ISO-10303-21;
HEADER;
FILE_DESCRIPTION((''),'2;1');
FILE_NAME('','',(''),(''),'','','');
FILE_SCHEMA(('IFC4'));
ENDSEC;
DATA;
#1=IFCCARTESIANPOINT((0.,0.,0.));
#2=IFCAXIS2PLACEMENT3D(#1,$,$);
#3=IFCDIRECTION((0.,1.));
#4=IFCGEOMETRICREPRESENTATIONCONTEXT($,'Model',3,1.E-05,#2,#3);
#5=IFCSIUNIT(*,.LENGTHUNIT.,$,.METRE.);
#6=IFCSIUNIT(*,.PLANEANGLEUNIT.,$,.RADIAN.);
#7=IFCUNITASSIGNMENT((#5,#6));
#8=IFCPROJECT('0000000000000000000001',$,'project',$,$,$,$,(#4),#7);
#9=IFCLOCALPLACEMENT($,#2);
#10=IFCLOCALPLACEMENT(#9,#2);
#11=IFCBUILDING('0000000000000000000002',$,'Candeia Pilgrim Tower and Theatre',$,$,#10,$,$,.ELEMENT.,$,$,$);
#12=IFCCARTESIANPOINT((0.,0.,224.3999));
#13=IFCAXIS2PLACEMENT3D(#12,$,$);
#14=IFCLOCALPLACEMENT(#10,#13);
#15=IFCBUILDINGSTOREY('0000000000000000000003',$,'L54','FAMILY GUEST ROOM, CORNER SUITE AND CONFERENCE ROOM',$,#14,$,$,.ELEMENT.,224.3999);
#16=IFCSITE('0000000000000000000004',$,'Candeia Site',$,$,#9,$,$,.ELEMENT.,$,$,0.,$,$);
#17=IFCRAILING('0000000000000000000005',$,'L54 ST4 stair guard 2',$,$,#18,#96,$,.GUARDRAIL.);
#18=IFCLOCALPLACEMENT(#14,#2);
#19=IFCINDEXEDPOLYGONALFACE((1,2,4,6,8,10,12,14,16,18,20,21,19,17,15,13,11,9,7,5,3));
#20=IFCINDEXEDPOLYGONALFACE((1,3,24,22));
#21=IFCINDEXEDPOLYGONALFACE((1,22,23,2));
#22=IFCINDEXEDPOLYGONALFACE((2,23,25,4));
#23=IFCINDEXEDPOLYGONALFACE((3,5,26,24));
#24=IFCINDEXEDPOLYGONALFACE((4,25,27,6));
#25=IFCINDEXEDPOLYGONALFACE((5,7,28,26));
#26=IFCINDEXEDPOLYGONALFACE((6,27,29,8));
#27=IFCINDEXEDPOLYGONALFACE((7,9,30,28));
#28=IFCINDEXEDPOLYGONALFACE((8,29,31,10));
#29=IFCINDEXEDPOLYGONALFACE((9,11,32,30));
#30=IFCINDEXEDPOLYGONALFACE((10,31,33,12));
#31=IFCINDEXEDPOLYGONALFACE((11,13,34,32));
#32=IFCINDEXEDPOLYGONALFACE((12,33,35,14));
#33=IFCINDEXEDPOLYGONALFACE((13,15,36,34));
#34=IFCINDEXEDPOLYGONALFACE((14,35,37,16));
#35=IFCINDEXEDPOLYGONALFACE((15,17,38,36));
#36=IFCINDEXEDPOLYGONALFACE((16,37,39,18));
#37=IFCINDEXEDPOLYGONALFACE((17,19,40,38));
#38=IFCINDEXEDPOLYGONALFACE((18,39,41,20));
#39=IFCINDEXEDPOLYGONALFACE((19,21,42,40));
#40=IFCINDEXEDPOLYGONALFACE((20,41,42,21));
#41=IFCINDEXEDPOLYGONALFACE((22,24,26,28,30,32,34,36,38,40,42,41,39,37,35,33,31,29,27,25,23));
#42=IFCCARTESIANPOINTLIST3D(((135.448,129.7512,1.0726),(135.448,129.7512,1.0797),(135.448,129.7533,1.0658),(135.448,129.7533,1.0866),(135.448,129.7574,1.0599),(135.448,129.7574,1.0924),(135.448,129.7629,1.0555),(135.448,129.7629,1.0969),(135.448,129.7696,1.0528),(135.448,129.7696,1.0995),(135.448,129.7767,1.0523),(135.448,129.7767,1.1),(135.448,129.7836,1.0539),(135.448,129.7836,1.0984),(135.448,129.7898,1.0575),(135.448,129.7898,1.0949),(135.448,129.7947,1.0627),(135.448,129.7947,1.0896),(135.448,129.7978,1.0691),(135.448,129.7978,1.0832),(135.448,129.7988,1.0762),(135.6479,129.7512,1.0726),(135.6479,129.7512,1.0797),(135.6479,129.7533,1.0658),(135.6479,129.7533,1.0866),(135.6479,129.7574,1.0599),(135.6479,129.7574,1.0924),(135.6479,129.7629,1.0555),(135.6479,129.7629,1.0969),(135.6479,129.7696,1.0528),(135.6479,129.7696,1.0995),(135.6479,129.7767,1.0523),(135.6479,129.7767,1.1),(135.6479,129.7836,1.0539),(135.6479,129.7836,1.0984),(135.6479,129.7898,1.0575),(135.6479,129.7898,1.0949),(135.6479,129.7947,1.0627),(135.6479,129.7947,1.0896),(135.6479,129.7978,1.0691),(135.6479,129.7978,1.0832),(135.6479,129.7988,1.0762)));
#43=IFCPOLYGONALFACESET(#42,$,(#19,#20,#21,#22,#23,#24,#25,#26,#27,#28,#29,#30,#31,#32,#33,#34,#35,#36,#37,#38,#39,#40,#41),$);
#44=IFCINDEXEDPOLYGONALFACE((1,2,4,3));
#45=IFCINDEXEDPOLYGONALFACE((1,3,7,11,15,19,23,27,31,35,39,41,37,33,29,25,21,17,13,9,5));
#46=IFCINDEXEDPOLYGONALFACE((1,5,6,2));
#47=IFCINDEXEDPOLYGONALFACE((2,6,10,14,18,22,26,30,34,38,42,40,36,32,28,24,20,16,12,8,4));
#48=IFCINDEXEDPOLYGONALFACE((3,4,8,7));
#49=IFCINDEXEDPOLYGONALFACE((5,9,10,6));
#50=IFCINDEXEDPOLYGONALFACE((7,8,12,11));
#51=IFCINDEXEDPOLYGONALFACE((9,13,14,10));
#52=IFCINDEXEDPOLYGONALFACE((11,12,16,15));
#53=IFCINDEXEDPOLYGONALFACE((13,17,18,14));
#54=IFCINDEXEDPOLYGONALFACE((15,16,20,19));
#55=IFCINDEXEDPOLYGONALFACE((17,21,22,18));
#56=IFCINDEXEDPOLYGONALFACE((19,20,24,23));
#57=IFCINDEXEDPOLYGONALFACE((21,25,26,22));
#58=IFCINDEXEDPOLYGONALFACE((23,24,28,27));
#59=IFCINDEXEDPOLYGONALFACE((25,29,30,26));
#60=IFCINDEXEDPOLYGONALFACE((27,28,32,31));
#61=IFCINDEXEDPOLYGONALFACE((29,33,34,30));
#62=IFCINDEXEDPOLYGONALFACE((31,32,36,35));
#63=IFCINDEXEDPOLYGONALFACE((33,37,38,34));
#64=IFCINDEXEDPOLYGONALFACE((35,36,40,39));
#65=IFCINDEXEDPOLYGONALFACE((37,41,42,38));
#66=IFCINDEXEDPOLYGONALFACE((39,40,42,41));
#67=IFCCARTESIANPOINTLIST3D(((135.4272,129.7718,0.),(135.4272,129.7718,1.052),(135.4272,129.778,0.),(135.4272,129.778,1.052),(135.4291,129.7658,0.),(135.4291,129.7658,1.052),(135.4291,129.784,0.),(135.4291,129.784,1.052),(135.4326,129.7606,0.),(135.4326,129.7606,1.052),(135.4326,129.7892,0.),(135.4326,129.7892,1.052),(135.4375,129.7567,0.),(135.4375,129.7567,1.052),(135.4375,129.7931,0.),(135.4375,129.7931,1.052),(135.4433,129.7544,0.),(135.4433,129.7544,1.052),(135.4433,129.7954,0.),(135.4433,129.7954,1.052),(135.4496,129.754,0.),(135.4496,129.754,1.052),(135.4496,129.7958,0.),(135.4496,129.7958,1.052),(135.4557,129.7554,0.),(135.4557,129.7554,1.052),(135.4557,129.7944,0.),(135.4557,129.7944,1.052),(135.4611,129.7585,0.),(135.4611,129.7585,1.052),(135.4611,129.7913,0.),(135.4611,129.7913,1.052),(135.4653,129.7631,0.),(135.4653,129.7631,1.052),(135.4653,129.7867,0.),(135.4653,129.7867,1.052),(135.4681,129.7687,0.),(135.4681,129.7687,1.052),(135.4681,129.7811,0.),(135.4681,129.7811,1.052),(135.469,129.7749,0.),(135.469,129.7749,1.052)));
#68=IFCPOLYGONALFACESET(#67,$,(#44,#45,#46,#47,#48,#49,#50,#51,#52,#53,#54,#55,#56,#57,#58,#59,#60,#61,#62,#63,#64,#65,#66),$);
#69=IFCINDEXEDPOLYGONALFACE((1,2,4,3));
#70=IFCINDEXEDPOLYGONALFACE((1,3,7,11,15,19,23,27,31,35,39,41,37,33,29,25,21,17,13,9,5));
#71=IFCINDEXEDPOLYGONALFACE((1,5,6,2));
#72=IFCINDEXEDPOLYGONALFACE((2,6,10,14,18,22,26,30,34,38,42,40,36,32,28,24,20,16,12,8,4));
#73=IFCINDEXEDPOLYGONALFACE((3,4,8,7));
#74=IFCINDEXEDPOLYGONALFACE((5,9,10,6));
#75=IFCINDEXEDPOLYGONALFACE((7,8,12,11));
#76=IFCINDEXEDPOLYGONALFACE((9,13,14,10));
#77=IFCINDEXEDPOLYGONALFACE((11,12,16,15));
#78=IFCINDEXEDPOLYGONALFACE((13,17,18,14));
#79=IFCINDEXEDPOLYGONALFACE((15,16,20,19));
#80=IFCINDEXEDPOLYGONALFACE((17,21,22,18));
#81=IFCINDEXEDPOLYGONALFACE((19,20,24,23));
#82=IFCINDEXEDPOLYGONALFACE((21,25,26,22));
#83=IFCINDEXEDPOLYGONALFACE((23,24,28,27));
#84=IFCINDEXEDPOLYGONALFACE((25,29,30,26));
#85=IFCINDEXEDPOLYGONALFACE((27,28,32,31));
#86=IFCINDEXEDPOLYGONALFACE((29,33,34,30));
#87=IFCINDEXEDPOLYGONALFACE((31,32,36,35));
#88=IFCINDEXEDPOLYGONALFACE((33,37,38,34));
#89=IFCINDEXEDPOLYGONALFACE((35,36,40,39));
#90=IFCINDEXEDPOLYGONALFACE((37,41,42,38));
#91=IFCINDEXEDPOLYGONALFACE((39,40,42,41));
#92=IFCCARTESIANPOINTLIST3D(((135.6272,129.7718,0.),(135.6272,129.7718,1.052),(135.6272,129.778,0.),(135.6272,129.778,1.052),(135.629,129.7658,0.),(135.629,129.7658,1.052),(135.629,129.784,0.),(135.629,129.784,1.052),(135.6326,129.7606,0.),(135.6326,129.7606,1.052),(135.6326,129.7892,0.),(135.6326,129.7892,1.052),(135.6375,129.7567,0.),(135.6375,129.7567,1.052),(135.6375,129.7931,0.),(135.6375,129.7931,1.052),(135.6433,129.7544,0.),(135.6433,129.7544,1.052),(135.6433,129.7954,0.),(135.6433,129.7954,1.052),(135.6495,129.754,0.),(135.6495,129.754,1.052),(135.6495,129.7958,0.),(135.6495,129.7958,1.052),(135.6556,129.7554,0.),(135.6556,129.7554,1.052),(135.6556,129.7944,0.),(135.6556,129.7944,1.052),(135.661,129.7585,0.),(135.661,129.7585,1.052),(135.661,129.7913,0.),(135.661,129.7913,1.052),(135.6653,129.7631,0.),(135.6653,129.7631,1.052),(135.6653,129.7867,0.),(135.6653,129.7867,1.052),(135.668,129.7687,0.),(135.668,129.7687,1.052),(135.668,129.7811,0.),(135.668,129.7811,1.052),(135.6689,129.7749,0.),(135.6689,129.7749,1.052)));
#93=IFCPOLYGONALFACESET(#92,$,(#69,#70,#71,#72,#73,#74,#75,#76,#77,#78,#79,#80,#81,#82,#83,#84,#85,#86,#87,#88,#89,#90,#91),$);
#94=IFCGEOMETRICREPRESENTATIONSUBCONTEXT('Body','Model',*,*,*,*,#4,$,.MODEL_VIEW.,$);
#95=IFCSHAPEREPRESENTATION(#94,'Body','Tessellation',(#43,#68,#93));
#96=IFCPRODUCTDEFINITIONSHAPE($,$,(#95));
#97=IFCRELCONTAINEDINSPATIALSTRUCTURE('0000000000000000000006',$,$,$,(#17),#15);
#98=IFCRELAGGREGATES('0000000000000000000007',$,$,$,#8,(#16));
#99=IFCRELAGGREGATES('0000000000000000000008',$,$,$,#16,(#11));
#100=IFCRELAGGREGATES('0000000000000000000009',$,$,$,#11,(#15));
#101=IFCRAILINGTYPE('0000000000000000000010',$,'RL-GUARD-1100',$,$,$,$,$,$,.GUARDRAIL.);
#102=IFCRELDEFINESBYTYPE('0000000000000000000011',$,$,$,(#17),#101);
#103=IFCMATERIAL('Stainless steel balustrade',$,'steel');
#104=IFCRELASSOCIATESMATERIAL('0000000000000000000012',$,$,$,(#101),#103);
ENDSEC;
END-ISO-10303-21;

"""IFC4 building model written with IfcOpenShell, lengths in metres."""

from ifc_helpers import new_model, si_unit, direction, frame, origin, origin_2d, place, context, subcontext, project, spatial, circle, extrude, material, type_object, element, save


model = new_model("IFC4")

# Units and contexts
model_context = context("Model", 3, precision=1e-05, world=origin(), true_north=direction((0.0, 1.0)))
body_context = subcontext(model_context, "Body", "Model", "MODEL_VIEW")
ifc_project = project(units=[si_unit("LENGTHUNIT", "METRE"), si_unit("PLANEANGLEUNIT", "RADIAN")], contexts=[model_context])

# Site, building, storey
site_placement = place(None, origin())
site = spatial("IfcSite", under=ifc_project, at=site_placement, Name="Candeia Site", CompositionType="ELEMENT", RefElevation=0.0)
building_placement = place(site_placement, origin())
building = spatial("IfcBuilding", under=site, at=building_placement, Name="Candeia Pilgrim Tower and Theatre", CompositionType="ELEMENT")
storey_placement = place(building_placement, frame((0.0, 0.0, 224.3999)))
storey = spatial("IfcBuildingStorey", under=building, at=storey_placement, Name="L54", Description="FAMILY GUEST ROOM, CORNER SUITE AND CONFERENCE ROOM", CompositionType="ELEMENT", Elevation=224.3999)

# Railing
ifc_material_1 = material(Name="Stainless steel balustrade", Category="steel")
railing_type_1 = type_object("IfcRailingType", Name="RL-GUARD-1100", PredefinedType="GUARDRAIL", material=ifc_material_1)
railing_1_placement = place(storey_placement, frame((135.448, 129.7749, 0.0)))
element("IfcRailing", 1, at=railing_1_placement, inside=storey, type_object=railing_type_1, Name="L54 ST4 stair guard 2", PredefinedType="GUARDRAIL", context=body_context, shape_type="SweptSolid", body=[
    extrude(circle(Radius=0.0239, at=origin_2d()), frame((0.0, 0.0, 1.0762), z_axis=(1.0, 0.0, 0.0), x_axis=(0.0, 1.0, 0.0)), (0.0, 0.0, 1.0), 0.2),
    extrude(circle(Radius=0.021, at=origin_2d()), origin(), (0.0, 0.0, 1.0), 1.052),
    extrude(circle(Radius=0.021, at=origin_2d()), frame((0.2, 0.0, 0.0)), (0.0, 0.0, 1.0), 1.052),
])

save(model, "model.ifc")
